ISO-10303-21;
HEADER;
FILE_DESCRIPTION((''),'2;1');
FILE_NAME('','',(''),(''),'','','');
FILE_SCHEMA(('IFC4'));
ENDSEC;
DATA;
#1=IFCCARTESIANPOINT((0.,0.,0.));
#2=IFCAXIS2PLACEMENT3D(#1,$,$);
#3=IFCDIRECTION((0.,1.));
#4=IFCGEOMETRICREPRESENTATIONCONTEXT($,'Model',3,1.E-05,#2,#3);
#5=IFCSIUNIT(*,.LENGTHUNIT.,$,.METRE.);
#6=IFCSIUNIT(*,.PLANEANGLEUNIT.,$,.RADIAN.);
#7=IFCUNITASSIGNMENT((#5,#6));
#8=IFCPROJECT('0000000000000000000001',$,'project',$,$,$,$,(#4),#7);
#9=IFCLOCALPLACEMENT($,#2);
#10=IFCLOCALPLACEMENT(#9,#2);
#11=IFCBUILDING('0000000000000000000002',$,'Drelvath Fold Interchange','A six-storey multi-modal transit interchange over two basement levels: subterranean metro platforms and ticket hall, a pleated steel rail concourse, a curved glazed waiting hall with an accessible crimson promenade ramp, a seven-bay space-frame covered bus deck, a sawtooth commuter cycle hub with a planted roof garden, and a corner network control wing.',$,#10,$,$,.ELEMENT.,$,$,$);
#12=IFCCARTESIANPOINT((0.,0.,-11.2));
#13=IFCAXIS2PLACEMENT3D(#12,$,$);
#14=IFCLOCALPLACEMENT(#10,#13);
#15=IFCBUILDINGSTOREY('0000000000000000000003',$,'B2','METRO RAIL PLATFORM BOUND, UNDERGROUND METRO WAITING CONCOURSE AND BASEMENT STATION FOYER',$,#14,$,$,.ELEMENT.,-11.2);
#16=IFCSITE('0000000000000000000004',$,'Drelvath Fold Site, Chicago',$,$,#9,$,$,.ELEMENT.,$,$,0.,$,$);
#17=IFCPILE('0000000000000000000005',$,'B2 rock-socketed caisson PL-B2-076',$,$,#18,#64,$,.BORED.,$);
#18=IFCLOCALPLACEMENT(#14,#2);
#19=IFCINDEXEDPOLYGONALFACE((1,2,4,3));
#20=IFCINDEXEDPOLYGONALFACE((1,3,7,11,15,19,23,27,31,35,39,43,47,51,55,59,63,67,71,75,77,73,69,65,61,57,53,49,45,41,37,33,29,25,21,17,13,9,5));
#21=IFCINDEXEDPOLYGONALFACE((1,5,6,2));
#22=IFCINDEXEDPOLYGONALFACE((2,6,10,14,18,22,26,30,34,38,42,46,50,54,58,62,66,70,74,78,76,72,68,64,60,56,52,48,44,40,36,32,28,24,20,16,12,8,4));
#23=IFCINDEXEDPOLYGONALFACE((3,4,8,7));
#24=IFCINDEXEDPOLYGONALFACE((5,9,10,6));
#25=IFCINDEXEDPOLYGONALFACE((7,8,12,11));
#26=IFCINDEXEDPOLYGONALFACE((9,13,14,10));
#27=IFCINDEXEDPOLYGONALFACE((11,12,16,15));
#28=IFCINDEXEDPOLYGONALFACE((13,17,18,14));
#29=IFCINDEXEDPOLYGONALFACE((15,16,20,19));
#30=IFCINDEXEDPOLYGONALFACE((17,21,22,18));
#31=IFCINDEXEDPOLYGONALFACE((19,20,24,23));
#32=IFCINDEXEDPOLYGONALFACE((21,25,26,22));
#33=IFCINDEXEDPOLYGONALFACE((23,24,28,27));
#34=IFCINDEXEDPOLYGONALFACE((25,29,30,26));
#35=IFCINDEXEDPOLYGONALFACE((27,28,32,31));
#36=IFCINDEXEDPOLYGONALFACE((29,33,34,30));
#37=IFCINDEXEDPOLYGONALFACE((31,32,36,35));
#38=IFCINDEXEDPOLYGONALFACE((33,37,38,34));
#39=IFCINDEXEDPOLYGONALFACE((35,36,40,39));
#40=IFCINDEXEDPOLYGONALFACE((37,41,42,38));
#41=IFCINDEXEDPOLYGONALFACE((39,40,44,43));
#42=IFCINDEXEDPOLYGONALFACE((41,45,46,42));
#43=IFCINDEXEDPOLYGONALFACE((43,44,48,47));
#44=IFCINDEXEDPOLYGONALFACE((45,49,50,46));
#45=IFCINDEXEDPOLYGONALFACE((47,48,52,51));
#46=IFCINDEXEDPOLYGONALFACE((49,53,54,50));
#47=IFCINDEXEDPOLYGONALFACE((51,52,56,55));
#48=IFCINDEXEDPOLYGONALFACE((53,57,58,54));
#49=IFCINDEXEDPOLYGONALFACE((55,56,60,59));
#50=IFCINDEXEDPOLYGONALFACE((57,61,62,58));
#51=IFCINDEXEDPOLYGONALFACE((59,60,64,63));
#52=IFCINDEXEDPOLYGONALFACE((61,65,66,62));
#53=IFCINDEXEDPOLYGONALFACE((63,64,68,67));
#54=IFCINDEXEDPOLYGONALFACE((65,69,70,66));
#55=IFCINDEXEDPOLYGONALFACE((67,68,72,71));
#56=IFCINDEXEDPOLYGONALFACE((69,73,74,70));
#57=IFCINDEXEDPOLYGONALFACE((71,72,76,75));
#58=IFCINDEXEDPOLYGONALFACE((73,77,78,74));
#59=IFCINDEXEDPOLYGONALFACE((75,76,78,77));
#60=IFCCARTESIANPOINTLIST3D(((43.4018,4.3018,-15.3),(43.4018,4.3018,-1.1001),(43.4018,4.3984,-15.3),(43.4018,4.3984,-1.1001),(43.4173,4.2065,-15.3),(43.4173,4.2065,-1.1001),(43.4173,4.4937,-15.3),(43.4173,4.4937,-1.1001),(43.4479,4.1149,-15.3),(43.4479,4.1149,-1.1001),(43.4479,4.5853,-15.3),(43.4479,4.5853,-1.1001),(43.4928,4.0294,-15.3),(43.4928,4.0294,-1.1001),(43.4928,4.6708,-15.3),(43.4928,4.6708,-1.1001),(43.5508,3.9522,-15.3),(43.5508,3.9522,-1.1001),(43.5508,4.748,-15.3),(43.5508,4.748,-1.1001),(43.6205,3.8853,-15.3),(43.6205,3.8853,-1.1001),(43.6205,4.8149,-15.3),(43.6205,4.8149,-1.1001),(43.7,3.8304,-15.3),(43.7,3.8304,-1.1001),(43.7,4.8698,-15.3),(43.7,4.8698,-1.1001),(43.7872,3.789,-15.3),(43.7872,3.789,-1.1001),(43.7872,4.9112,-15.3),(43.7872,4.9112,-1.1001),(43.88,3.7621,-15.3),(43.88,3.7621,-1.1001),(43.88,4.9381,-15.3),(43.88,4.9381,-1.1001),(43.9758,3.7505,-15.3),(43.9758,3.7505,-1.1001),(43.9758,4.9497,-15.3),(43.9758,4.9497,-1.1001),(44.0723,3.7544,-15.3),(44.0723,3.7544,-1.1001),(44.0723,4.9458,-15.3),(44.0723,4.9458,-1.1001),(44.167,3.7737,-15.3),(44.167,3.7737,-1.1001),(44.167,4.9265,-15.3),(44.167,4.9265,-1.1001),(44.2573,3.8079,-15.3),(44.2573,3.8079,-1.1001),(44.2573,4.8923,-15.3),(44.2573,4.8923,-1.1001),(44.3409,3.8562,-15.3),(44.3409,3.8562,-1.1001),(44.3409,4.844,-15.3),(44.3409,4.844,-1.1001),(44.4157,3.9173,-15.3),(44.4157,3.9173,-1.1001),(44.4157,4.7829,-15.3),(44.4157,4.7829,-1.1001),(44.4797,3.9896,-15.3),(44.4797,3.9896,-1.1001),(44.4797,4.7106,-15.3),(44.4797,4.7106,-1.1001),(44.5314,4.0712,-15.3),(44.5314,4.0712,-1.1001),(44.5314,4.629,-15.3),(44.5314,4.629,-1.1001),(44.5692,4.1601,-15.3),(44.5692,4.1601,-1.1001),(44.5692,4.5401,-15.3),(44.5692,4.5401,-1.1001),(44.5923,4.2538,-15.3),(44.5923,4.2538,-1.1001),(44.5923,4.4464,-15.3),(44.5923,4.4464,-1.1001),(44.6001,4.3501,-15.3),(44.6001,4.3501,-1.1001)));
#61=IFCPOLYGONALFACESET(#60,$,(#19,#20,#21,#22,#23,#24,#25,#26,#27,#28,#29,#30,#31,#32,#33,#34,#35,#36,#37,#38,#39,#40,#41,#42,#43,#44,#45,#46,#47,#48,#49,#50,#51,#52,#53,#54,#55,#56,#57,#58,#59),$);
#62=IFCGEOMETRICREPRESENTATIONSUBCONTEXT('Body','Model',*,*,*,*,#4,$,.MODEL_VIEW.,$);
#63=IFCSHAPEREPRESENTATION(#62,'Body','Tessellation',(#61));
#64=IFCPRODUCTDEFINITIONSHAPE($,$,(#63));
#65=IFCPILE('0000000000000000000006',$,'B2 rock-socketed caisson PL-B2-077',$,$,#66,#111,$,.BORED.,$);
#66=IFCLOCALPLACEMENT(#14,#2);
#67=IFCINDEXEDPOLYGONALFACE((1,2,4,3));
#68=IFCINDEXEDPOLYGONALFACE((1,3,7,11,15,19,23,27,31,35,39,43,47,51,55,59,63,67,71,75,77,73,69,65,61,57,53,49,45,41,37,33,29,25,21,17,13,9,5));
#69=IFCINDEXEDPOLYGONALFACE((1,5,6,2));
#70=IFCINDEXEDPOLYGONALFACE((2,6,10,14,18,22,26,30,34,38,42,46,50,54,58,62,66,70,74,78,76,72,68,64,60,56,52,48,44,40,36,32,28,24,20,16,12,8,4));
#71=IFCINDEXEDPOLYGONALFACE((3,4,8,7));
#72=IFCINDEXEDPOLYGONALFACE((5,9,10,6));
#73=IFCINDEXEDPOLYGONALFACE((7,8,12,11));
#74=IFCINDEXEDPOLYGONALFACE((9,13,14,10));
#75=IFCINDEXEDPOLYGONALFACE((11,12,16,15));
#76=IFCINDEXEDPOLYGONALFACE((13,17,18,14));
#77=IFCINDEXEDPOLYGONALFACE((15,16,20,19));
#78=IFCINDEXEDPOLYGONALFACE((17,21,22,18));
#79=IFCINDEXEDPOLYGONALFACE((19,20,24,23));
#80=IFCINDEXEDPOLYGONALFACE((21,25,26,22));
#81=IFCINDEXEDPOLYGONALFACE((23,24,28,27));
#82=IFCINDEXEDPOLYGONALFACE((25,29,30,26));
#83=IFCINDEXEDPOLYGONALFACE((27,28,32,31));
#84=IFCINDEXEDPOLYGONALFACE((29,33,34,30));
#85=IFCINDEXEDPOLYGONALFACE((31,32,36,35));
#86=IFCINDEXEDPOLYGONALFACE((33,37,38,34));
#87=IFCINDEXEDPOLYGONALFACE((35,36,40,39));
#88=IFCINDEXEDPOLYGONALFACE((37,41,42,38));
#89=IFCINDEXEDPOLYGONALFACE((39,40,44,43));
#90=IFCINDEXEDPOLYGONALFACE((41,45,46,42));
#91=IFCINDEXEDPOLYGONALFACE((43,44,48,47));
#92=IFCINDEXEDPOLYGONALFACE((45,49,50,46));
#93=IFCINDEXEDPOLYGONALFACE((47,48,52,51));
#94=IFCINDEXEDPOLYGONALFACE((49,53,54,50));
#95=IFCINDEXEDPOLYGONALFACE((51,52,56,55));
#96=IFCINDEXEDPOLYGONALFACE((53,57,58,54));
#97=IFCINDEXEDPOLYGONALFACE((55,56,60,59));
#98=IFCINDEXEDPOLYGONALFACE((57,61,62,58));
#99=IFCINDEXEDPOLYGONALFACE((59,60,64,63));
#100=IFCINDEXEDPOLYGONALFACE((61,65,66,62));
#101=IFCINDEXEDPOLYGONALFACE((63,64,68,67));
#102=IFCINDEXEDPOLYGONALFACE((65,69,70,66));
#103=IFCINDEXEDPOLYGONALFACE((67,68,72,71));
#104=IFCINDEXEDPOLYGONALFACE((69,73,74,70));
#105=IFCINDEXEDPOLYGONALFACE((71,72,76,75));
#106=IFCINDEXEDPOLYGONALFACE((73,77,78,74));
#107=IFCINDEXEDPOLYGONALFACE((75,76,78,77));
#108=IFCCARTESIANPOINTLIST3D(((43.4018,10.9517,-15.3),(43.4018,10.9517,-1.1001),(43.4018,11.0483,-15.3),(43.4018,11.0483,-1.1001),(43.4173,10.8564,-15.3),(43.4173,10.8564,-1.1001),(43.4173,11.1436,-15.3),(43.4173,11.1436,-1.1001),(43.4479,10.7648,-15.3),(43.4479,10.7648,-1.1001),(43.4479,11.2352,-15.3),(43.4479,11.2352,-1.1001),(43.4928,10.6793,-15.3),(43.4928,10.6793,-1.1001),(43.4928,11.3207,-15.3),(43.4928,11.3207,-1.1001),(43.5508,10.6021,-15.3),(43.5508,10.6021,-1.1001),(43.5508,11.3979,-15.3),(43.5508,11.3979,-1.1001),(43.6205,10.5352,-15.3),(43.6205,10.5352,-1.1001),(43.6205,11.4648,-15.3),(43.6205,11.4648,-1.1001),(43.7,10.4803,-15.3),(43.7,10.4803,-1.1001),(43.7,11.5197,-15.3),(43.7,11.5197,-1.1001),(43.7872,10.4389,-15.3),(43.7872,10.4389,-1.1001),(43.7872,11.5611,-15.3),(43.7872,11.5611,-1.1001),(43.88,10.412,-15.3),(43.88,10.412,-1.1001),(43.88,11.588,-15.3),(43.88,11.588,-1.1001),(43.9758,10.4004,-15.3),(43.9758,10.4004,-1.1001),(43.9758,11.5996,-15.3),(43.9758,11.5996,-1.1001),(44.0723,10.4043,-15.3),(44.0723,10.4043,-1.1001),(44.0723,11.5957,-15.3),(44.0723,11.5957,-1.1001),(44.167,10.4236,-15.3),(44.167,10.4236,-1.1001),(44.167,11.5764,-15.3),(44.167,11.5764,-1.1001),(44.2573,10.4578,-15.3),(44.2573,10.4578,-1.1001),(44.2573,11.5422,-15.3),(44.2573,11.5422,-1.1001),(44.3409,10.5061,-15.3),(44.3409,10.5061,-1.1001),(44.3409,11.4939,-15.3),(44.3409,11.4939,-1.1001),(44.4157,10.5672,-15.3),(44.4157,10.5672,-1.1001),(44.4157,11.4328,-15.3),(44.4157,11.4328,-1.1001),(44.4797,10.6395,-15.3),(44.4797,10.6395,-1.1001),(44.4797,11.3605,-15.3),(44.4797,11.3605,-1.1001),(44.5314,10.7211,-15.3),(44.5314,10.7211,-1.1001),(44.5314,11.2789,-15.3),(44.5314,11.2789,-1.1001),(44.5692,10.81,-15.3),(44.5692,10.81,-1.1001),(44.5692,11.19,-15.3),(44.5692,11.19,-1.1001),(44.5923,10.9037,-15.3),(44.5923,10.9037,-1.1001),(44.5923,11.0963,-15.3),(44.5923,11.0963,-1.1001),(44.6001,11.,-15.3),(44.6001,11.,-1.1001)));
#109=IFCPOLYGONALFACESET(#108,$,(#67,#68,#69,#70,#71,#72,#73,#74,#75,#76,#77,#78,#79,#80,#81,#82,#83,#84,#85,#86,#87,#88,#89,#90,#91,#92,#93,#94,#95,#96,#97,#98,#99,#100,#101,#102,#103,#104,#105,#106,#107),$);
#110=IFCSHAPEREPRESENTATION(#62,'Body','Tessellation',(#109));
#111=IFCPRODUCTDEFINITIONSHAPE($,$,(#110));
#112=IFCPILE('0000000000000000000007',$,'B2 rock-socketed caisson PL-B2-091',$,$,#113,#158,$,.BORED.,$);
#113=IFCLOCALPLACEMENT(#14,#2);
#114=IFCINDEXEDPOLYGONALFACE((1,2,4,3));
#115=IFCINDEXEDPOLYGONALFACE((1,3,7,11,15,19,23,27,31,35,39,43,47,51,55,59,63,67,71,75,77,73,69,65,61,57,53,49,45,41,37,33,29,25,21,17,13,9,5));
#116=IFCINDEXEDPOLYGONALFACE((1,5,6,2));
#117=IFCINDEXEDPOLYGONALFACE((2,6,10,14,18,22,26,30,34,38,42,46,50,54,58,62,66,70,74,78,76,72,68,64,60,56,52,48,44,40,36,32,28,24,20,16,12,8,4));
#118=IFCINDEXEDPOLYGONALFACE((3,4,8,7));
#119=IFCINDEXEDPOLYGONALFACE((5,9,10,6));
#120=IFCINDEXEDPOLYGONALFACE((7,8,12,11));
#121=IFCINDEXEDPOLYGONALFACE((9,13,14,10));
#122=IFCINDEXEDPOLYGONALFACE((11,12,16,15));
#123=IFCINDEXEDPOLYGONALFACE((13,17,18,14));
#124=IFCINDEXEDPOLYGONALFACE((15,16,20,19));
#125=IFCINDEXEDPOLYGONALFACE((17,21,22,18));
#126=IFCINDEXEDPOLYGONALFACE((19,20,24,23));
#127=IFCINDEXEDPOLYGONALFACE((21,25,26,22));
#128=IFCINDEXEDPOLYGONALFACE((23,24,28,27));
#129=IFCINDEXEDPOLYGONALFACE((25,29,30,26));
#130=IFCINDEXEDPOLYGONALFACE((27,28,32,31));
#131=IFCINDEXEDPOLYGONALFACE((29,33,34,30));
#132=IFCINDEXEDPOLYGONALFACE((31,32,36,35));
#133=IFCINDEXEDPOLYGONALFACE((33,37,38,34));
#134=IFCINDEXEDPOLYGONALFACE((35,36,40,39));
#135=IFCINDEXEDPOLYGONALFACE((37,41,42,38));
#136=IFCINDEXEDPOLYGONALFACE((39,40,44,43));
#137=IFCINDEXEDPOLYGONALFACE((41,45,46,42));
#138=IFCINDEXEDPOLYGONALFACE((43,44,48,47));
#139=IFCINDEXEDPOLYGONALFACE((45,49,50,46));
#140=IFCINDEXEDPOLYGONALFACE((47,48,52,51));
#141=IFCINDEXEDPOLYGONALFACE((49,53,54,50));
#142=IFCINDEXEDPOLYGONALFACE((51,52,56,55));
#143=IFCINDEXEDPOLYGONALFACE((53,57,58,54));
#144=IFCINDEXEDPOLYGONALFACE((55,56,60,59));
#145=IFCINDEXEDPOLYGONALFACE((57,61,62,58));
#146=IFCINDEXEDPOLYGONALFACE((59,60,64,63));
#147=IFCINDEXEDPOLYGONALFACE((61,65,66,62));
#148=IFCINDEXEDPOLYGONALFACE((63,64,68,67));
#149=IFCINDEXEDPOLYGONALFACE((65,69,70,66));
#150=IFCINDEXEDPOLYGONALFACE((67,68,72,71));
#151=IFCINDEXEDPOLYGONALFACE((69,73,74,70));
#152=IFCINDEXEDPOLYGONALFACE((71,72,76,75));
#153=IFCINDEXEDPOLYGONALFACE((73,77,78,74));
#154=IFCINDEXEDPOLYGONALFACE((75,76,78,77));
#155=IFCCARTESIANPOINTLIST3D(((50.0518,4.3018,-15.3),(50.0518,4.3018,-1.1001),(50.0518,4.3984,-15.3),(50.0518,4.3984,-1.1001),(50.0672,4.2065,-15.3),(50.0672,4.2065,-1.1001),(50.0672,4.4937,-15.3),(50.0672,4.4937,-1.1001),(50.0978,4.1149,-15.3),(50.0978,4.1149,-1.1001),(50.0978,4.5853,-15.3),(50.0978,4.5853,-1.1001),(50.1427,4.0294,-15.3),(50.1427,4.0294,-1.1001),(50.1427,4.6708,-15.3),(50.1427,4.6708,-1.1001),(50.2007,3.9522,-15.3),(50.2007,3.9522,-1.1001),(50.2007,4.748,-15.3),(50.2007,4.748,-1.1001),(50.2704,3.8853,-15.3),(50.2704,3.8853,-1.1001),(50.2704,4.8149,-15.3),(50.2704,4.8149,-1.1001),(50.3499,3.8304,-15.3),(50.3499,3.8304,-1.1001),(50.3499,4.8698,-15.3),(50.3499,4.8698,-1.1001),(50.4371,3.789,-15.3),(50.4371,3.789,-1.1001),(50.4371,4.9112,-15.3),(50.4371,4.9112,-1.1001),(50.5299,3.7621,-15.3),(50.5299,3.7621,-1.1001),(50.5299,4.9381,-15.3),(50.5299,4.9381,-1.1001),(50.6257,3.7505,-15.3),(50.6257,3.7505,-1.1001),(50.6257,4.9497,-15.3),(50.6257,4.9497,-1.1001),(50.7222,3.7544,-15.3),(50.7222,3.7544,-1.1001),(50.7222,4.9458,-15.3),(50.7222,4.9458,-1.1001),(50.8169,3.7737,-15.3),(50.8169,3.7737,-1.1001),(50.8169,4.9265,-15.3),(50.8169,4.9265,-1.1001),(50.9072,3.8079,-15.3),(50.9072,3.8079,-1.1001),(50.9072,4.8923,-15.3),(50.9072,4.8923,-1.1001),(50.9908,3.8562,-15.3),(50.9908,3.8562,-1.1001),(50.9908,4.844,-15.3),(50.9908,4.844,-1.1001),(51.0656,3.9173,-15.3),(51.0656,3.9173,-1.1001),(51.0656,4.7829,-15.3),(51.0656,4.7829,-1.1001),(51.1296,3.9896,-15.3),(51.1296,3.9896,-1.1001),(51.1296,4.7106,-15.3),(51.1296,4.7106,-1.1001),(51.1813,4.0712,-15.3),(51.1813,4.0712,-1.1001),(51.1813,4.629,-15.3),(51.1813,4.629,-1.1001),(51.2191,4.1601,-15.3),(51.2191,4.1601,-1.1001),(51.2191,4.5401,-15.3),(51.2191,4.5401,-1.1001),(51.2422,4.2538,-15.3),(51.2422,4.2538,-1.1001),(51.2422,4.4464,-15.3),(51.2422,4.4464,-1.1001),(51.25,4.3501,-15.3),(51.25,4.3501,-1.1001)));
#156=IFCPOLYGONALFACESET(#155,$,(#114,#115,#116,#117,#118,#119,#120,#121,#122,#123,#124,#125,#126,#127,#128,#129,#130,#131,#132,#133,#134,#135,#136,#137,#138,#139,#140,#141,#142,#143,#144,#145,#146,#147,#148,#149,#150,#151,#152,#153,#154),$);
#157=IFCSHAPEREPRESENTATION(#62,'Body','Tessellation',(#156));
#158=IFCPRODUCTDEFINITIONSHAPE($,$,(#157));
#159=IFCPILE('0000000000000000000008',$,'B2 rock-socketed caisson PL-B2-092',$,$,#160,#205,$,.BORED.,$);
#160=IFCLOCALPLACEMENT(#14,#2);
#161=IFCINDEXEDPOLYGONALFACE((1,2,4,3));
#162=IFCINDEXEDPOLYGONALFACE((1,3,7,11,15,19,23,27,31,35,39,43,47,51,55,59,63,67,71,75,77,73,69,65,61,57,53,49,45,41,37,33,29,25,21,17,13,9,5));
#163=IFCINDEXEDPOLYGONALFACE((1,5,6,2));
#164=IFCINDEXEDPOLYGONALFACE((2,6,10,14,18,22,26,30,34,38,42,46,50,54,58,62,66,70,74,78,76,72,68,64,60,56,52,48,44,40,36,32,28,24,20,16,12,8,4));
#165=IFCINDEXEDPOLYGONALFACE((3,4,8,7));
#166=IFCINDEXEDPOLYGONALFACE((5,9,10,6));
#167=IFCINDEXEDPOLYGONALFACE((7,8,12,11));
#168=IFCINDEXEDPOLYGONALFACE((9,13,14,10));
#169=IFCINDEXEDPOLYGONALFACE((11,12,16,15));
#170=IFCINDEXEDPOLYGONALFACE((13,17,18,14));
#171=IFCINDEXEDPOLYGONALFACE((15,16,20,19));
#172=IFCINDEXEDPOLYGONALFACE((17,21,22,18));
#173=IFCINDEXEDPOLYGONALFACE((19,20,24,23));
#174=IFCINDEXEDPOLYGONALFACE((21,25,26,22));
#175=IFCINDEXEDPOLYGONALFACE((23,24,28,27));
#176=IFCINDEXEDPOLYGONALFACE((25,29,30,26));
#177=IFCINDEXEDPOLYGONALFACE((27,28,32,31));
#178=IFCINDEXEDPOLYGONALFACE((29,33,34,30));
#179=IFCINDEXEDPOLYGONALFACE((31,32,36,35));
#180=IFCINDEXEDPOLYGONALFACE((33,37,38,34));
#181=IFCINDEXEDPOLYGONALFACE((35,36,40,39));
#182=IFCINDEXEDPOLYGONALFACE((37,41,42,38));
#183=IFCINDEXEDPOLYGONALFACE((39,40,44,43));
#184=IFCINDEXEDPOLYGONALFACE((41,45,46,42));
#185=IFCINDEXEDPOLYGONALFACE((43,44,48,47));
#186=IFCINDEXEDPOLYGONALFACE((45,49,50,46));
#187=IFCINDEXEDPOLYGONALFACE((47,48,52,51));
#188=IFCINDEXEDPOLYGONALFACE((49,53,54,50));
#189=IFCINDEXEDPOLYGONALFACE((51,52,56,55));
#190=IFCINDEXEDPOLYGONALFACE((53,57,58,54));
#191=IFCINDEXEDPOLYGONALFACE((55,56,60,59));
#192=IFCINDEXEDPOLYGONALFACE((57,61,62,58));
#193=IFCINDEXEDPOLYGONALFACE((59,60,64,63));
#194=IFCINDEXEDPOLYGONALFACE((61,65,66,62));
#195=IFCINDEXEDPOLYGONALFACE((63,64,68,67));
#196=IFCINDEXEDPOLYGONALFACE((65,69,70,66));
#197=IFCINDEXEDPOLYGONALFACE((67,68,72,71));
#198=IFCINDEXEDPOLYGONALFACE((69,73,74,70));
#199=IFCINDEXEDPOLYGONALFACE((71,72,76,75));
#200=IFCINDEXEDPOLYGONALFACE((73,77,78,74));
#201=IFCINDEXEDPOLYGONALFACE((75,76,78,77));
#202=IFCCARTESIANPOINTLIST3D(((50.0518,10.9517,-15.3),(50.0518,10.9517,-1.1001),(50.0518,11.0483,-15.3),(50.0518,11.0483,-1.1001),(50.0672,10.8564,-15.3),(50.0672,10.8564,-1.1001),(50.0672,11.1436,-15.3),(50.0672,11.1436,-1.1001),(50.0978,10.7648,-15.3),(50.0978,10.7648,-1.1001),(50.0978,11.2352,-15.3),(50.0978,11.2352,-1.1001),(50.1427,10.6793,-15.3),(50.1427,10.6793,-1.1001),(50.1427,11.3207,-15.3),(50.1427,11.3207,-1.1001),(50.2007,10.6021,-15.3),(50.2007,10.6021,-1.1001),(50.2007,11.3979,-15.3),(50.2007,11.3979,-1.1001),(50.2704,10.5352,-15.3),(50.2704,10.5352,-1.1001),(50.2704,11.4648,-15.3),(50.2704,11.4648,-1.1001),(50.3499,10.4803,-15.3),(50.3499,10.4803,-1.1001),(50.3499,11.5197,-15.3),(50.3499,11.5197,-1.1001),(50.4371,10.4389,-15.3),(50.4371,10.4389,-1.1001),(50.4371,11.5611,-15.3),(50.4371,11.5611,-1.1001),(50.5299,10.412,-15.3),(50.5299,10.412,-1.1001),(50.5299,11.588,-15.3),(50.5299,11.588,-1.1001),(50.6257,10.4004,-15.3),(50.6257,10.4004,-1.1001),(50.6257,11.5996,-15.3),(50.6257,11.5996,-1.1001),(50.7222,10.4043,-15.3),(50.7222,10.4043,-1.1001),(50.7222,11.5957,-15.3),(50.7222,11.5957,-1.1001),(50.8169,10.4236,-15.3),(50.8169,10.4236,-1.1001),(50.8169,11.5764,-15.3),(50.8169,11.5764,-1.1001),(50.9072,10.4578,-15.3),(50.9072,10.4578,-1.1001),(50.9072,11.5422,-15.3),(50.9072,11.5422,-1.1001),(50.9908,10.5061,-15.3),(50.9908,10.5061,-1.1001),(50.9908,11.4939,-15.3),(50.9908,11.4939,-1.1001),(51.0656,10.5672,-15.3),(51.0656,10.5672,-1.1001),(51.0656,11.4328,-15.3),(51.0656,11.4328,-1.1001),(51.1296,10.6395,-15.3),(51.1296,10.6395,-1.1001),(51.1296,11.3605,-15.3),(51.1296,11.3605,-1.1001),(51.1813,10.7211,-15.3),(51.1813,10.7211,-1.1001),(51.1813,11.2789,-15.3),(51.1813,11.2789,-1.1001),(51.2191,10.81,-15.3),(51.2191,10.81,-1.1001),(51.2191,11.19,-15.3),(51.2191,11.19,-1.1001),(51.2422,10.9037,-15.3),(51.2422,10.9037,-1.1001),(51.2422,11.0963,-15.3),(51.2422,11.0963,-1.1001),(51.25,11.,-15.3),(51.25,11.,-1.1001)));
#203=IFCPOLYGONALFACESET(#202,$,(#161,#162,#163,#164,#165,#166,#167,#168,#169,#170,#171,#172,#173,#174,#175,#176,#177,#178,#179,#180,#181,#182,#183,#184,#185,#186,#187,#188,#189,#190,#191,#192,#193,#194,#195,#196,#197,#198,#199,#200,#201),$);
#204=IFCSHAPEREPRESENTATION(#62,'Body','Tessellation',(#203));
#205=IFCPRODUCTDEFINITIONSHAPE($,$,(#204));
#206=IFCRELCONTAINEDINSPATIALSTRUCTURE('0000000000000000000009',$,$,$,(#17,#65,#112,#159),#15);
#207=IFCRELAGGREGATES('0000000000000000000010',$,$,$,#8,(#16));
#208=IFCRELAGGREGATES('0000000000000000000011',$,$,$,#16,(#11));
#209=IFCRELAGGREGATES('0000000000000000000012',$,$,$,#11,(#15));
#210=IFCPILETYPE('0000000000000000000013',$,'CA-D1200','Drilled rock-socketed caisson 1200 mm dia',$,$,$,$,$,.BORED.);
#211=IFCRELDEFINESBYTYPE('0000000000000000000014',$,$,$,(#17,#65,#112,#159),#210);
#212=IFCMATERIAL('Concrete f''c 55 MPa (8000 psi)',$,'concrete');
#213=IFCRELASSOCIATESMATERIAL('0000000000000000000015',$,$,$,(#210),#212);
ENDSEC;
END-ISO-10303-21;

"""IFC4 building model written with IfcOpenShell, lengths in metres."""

from ifc_helpers import new_model, si_unit, direction, frame, origin, origin_2d, place, context, subcontext, project, spatial, circle, extrude, material, material_profile, profile_set, type_object, element, save


model = new_model("IFC4")

# Units and contexts
model_context = context("Model", 3, precision=1e-05, world=origin(), true_north=direction((0.0, 1.0)))
body_context = subcontext(model_context, "Body", "Model", "MODEL_VIEW")
ifc_project = project(units=[si_unit("LENGTHUNIT", "METRE"), si_unit("PLANEANGLEUNIT", "RADIAN")], contexts=[model_context])

# Site, building, storey
site_placement = place(None, origin())
site = spatial("IfcSite", under=ifc_project, at=site_placement, Name="Drelvath Fold Site, Chicago", CompositionType="ELEMENT", RefElevation=0.0)
building_placement = place(site_placement, origin())
building = spatial("IfcBuilding", under=site, at=building_placement, Name="Drelvath Fold Interchange", Description="A six-storey multi-modal transit interchange over two basement levels: subterranean metro platforms and ticket hall, a pleated steel rail concourse, a curved glazed waiting hall with an accessible crimson promenade ramp, a seven-bay space-frame covered bus deck, a sawtooth commuter cycle hub with a planted roof garden, and a corner network control wing.", CompositionType="ELEMENT")
storey_placement = place(building_placement, frame((0.0, 0.0, -11.2)))
storey = spatial("IfcBuildingStorey", under=building, at=storey_placement, Name="B2", Description="METRO RAIL PLATFORM BOUND, UNDERGROUND METRO WAITING CONCOURSE AND BASEMENT STATION FOYER", CompositionType="ELEMENT", Elevation=-11.2)

# Piles
ifc_material_1 = material(Name="Concrete f'c 55 MPa (8000 psi)", Category="concrete")
ifc_material_profile_1 = material_profile(ifc_material_1, circle(Radius=0.6001, at=origin_2d()), Name="CAISSON D1200")
ifc_profile_set_1 = profile_set([ifc_material_profile_1], Name="Concrete f'c 55 MPa (8000 psi)")
pile_type = type_object("IfcPileType", Name="CA-D1200", Description="Drilled rock-socketed caisson 1200 mm dia", PredefinedType="BORED", material=ifc_profile_set_1)
for number, where, z_axis, x_axis, name in (
    (1, (44.0, 4.3501, -1.1001), (0.0, 0.0, -1.0), (1.0, 0.0, 0.0), "B2 rock-socketed caisson PL-B2-076"),
    (2, (44.0, 11.0, -1.1001), (0.0, 0.0, -1.0), (1.0, 0.0, 0.0), "B2 rock-socketed caisson PL-B2-077"),
    (3, (50.6499, 4.3501, -1.1001), (0.0, 0.0, -1.0), (1.0, 0.0, 0.0), "B2 rock-socketed caisson PL-B2-091"),
    (4, (50.6499, 11.0, -1.1001), (0.0, 0.0, -1.0), (1.0, 0.0, 0.0), "B2 rock-socketed caisson PL-B2-092"),
):
    element("IfcPile", number, at=place(storey_placement, frame(where, z_axis=z_axis, x_axis=x_axis)), inside=storey, type_object=pile_type, Name=name, PredefinedType="BORED", context=body_context, shape_type="SweptSolid", body=[
        extrude(circle(Radius=0.6001, at=origin_2d()), origin(), (0.0, 0.0, 1.0), 14.2),
    ])

save(model, "model.ifc")
